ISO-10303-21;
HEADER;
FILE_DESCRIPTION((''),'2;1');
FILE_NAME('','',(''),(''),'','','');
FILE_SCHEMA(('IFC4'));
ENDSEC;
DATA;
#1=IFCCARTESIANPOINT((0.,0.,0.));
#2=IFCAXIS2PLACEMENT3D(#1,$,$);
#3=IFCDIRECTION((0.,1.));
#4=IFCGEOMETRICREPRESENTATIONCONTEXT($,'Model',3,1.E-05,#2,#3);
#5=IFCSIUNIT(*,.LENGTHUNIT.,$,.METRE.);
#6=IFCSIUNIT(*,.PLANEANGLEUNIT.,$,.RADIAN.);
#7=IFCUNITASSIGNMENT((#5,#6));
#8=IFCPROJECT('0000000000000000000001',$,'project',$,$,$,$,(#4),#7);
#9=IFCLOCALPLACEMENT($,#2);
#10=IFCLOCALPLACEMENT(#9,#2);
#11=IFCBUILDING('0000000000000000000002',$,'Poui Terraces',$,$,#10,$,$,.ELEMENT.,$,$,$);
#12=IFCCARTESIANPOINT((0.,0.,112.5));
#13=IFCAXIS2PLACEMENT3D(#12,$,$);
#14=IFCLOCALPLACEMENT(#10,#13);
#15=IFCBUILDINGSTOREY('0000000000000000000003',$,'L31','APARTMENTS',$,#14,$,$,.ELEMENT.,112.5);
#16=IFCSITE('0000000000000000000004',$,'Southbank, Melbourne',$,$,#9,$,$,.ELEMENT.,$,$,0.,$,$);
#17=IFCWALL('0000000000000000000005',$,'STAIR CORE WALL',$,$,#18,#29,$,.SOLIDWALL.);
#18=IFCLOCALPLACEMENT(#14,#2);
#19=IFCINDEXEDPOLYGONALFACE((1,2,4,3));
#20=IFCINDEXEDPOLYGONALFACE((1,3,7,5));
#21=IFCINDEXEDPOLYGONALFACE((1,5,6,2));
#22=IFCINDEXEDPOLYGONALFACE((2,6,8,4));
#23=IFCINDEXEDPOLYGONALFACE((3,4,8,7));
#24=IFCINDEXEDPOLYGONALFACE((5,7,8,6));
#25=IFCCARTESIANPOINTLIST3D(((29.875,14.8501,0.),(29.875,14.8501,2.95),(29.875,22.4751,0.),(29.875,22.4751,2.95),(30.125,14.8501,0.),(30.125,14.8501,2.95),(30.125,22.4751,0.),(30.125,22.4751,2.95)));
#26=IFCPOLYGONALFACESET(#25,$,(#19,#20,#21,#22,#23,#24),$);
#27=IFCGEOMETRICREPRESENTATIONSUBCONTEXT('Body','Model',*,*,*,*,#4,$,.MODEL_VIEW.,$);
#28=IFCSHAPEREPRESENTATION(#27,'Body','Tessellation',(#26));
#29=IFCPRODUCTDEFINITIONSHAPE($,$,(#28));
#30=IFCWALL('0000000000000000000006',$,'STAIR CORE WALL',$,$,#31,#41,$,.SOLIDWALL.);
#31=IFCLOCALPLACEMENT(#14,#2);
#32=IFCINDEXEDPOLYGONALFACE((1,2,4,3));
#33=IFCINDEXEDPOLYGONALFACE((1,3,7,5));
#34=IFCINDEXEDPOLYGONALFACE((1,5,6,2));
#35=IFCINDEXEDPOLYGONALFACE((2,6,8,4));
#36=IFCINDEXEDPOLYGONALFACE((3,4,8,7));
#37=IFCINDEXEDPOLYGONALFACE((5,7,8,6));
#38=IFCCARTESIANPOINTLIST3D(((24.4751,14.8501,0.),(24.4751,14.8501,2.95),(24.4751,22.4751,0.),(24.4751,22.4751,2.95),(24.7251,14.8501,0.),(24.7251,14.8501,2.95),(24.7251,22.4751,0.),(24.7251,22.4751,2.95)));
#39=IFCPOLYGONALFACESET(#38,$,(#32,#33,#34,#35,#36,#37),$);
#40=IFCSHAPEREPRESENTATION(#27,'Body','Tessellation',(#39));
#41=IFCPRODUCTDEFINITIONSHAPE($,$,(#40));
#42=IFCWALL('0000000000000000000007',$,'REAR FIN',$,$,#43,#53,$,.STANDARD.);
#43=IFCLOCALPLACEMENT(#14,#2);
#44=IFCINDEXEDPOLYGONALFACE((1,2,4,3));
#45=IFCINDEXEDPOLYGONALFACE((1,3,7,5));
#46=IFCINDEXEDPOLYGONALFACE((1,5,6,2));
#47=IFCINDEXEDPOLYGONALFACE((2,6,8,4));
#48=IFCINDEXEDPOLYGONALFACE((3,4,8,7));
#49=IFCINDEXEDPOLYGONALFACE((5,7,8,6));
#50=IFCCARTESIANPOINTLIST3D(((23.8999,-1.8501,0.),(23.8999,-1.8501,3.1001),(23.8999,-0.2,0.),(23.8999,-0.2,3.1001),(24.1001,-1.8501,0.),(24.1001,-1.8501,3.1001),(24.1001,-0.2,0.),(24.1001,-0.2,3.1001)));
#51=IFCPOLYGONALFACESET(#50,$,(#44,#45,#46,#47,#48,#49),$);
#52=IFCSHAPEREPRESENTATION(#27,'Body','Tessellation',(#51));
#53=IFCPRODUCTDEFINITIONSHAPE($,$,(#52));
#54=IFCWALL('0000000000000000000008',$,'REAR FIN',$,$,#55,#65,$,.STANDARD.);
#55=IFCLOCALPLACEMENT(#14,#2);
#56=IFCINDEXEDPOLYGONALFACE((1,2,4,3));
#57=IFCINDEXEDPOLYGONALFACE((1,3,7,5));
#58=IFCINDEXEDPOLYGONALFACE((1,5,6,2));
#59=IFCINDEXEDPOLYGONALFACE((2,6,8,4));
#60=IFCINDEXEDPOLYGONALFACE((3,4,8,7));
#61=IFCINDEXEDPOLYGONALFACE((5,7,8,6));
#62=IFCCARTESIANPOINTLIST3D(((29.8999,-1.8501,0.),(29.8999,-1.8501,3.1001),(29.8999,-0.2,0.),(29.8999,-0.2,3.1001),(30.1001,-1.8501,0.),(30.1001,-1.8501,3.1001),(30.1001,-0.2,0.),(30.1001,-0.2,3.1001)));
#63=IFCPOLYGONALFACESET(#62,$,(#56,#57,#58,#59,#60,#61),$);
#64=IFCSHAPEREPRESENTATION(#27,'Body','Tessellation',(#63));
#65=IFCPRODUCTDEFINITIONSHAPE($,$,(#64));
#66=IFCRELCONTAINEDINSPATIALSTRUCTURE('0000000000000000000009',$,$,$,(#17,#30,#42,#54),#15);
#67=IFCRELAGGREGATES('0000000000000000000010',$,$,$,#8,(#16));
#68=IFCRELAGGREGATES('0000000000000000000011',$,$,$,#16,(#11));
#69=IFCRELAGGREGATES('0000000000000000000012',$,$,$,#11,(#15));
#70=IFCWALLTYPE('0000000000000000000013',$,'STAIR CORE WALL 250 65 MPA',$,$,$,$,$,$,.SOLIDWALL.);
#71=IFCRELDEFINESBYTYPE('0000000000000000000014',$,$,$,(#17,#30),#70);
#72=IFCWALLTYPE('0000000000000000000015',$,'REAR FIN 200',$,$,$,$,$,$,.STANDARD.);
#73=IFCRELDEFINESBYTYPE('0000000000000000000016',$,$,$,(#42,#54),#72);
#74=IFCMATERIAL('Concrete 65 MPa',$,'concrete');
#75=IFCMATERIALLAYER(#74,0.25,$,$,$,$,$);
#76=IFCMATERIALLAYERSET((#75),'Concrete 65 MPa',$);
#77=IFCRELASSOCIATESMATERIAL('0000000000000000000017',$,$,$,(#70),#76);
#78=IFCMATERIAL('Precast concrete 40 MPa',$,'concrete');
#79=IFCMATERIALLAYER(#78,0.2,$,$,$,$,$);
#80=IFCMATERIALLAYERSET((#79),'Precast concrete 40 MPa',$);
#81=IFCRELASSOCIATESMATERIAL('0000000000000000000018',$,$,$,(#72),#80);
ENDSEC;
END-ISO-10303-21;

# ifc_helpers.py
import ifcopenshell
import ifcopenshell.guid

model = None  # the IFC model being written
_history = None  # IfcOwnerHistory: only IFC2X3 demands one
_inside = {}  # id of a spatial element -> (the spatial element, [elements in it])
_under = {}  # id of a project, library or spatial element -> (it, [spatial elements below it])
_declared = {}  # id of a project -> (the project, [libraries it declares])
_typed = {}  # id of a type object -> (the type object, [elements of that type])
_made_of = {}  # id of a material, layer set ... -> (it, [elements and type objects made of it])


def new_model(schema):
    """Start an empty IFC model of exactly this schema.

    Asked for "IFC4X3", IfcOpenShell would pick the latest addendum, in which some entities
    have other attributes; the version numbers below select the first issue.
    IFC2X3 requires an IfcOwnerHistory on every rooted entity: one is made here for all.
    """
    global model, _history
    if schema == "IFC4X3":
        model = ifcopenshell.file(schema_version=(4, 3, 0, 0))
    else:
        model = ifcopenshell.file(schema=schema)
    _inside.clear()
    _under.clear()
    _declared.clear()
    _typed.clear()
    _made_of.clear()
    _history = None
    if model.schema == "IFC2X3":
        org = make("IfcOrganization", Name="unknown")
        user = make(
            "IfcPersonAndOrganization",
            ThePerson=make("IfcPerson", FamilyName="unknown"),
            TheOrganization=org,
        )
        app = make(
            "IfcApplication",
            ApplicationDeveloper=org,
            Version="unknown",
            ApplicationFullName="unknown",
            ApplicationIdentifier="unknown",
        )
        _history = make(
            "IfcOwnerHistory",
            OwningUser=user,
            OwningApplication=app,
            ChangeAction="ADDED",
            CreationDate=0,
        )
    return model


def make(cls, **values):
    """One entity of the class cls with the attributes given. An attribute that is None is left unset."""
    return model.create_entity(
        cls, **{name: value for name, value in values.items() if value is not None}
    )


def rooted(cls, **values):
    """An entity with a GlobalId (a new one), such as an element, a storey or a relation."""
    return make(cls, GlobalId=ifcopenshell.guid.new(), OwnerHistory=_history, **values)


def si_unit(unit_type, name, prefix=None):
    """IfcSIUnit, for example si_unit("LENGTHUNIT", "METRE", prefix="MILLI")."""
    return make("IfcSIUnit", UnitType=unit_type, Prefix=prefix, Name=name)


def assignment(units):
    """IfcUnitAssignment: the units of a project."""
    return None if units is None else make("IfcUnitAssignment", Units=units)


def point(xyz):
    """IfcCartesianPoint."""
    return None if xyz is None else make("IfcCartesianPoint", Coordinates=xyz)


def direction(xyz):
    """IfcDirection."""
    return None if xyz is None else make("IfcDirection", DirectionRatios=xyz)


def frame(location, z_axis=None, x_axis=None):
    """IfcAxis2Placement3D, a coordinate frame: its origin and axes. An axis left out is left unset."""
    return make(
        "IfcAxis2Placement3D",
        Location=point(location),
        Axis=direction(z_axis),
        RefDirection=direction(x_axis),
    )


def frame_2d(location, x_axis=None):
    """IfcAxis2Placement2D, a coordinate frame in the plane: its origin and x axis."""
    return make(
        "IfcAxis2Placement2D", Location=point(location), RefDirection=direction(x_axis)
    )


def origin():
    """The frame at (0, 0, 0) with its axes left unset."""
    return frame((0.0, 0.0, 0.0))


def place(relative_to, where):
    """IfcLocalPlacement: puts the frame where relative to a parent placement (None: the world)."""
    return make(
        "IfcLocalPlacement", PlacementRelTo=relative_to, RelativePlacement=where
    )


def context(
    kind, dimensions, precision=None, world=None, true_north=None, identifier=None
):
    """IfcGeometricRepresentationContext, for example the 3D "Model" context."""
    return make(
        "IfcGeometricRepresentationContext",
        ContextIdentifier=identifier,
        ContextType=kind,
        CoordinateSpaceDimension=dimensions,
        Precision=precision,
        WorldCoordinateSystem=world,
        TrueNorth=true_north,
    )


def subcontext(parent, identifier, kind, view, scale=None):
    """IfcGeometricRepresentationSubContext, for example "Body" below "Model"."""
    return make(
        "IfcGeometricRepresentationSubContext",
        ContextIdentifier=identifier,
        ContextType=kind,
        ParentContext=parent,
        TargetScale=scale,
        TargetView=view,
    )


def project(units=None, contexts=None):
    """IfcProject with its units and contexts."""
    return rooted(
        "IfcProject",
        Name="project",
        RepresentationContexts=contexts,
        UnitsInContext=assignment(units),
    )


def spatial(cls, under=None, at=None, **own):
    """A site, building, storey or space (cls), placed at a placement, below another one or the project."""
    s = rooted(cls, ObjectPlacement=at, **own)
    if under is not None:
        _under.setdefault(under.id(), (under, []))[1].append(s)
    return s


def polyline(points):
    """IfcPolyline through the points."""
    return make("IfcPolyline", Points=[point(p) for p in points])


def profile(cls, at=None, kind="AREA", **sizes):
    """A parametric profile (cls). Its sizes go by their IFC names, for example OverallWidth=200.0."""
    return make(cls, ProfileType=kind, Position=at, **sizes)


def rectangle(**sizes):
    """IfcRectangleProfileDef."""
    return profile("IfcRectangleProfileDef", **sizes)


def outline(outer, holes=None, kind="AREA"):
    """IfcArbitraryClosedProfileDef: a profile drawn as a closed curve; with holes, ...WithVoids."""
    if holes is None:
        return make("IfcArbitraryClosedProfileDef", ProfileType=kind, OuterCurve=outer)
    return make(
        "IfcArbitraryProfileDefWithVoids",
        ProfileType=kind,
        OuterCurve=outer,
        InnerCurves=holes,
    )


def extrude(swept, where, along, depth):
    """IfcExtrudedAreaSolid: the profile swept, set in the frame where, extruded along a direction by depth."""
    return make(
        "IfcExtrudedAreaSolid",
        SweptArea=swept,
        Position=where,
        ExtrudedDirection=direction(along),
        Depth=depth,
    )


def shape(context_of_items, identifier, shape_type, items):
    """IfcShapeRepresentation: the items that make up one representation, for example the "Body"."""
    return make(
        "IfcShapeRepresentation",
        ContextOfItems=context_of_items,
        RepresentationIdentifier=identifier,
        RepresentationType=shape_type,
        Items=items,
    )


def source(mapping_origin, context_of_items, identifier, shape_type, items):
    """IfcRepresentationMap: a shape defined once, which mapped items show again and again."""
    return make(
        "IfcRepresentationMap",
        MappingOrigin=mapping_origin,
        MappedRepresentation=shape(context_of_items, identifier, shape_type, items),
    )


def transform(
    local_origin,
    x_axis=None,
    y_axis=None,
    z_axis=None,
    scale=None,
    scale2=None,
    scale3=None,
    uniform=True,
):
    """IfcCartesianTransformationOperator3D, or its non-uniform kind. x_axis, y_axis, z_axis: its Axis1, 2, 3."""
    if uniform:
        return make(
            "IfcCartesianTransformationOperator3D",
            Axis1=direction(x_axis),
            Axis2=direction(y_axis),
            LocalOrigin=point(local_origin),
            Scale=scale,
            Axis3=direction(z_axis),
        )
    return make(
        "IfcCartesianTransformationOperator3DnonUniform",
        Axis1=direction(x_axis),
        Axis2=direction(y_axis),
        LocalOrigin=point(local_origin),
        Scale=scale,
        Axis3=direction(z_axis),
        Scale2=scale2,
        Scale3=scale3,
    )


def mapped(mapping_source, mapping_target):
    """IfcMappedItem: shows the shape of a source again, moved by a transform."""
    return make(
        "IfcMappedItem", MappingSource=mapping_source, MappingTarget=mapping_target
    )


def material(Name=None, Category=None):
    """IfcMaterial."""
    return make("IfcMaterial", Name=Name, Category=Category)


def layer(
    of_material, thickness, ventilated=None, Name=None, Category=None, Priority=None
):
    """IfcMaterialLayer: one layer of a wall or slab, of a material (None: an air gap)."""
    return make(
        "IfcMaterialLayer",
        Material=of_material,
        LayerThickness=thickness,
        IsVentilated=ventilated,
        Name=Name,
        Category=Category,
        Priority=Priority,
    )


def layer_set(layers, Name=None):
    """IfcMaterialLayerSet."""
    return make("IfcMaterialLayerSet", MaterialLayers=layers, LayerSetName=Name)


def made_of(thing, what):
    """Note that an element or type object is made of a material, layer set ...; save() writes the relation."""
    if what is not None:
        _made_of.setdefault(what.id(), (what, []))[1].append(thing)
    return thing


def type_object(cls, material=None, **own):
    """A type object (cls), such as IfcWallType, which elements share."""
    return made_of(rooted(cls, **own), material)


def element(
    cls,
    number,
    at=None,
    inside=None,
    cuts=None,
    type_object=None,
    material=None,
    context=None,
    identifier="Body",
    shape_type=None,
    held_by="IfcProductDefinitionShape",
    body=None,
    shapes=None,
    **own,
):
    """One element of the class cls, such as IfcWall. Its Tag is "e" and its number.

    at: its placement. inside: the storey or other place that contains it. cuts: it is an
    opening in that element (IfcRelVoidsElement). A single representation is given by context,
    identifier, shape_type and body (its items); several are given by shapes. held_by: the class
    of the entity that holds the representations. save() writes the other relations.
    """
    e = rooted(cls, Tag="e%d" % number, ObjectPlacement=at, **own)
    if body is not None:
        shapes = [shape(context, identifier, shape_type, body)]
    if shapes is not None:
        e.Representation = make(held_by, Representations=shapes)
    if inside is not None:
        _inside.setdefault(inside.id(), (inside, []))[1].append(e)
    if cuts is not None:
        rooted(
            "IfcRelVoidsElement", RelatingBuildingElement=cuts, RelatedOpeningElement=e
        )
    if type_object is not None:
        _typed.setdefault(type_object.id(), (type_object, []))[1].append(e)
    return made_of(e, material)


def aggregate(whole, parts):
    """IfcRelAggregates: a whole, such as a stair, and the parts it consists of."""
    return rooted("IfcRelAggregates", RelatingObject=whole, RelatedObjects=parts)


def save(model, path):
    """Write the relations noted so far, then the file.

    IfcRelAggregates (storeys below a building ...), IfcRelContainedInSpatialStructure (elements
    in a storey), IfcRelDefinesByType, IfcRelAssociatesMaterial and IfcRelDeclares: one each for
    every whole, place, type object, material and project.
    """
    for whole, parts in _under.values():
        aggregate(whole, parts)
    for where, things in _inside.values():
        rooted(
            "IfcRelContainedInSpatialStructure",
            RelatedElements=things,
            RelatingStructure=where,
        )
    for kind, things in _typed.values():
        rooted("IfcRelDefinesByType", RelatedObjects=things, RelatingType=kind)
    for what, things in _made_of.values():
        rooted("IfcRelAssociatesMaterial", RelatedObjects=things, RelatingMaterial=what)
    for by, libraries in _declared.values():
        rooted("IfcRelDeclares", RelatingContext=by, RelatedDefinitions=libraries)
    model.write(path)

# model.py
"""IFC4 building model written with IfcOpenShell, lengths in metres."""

from ifc_helpers import new_model, si_unit, direction, frame, frame_2d, origin, place, context, subcontext, project, spatial, polyline, rectangle, outline, extrude, source, transform, mapped, material, layer, layer_set, type_object, element, save


model = new_model("IFC4")

# Units and contexts
model_context = context("Model", 3, precision=1e-05, world=origin(), true_north=direction((0.0, 1.0)))
body_context = subcontext(model_context, "Body", "Model", "MODEL_VIEW")
ifc_project = project(units=[si_unit("LENGTHUNIT", "METRE"), si_unit("PLANEANGLEUNIT", "RADIAN")], contexts=[model_context])

# Site, building, storey
site_placement = place(None, origin())
site = spatial("IfcSite", under=ifc_project, at=site_placement, Name="Southbank, Melbourne", CompositionType="ELEMENT", RefElevation=0.0)
building_placement = place(site_placement, origin())
building = spatial("IfcBuilding", under=site, at=building_placement, Name="Poui Terraces", CompositionType="ELEMENT")
storey_placement = place(building_placement, frame((0.0, 0.0, 112.5)))
storey = spatial("IfcBuildingStorey", under=building, at=storey_placement, Name="L31", Description="APARTMENTS", CompositionType="ELEMENT", Elevation=112.5)

# Shared definitions
ifc_material_1 = material(Name="Concrete 65 MPa", Category="concrete")

# Shared definitions
ifc_material_2 = material(Name="Precast concrete 40 MPa", Category="concrete")

# Walls
ifc_layer_1 = layer(ifc_material_1, 0.25)
ifc_layer_set_1 = layer_set([ifc_layer_1], Name="Concrete 65 MPa")
wall_type_1 = type_object("IfcWallType", Name="STAIR CORE WALL 250 65 MPA", PredefinedType="SOLIDWALL", material=ifc_layer_set_1)
for number, where, z_axis, x_axis, name in (
    (1, (30.0, 14.8501, 0.0), (0.0, 0.0, 1.0), (0.0, 1.0, 0.0), "STAIR CORE WALL"),
    (2, (24.6001, 14.8501, 0.0), (0.0, 0.0, 1.0), (0.0, 1.0, 0.0), "STAIR CORE WALL"),
):
    element("IfcWall", number, at=place(storey_placement, frame(where, z_axis=z_axis, x_axis=x_axis)), inside=storey, type_object=wall_type_1, Name=name, PredefinedType="SOLIDWALL", context=body_context, shape_type="SweptSolid", body=[
        extrude(rectangle(XDim=7.625, YDim=0.25, at=frame_2d((3.8125, 0.0))), origin(), (0.0, 0.0, 1.0), 2.95),
    ])
ifc_layer_2 = layer(ifc_material_2, 0.2)
ifc_layer_set_2 = layer_set([ifc_layer_2], Name="Precast concrete 40 MPa")
wall_type_2 = type_object("IfcWallType", Name="REAR FIN 200", PredefinedType="STANDARD", material=ifc_layer_set_2)
shared_shape_1 = source(origin(), body_context, "Body", "SweptSolid", [
    extrude(outline(polyline([(0.0, 0.0), (0.2002, 0.0), (0.2002, 1.6501), (0.0, 1.6501), (0.0, 0.0)])), origin(), (0.0, 0.0, 1.0), 3.1001),
])
for number, where, name in (
    (3, (23.8999, -1.8501, 0.0), "REAR FIN"),
    (4, (29.8999, -1.8501, 0.0), "REAR FIN"),
):
    element("IfcWall", number, at=place(storey_placement, frame(where)), inside=storey, type_object=wall_type_2, Name=name, PredefinedType="STANDARD", context=body_context, shape_type="MappedRepresentation", body=[
        mapped(shared_shape_1, transform((0.0, 0.0, 0.0))),
    ])

save(model, "model.ifc")
